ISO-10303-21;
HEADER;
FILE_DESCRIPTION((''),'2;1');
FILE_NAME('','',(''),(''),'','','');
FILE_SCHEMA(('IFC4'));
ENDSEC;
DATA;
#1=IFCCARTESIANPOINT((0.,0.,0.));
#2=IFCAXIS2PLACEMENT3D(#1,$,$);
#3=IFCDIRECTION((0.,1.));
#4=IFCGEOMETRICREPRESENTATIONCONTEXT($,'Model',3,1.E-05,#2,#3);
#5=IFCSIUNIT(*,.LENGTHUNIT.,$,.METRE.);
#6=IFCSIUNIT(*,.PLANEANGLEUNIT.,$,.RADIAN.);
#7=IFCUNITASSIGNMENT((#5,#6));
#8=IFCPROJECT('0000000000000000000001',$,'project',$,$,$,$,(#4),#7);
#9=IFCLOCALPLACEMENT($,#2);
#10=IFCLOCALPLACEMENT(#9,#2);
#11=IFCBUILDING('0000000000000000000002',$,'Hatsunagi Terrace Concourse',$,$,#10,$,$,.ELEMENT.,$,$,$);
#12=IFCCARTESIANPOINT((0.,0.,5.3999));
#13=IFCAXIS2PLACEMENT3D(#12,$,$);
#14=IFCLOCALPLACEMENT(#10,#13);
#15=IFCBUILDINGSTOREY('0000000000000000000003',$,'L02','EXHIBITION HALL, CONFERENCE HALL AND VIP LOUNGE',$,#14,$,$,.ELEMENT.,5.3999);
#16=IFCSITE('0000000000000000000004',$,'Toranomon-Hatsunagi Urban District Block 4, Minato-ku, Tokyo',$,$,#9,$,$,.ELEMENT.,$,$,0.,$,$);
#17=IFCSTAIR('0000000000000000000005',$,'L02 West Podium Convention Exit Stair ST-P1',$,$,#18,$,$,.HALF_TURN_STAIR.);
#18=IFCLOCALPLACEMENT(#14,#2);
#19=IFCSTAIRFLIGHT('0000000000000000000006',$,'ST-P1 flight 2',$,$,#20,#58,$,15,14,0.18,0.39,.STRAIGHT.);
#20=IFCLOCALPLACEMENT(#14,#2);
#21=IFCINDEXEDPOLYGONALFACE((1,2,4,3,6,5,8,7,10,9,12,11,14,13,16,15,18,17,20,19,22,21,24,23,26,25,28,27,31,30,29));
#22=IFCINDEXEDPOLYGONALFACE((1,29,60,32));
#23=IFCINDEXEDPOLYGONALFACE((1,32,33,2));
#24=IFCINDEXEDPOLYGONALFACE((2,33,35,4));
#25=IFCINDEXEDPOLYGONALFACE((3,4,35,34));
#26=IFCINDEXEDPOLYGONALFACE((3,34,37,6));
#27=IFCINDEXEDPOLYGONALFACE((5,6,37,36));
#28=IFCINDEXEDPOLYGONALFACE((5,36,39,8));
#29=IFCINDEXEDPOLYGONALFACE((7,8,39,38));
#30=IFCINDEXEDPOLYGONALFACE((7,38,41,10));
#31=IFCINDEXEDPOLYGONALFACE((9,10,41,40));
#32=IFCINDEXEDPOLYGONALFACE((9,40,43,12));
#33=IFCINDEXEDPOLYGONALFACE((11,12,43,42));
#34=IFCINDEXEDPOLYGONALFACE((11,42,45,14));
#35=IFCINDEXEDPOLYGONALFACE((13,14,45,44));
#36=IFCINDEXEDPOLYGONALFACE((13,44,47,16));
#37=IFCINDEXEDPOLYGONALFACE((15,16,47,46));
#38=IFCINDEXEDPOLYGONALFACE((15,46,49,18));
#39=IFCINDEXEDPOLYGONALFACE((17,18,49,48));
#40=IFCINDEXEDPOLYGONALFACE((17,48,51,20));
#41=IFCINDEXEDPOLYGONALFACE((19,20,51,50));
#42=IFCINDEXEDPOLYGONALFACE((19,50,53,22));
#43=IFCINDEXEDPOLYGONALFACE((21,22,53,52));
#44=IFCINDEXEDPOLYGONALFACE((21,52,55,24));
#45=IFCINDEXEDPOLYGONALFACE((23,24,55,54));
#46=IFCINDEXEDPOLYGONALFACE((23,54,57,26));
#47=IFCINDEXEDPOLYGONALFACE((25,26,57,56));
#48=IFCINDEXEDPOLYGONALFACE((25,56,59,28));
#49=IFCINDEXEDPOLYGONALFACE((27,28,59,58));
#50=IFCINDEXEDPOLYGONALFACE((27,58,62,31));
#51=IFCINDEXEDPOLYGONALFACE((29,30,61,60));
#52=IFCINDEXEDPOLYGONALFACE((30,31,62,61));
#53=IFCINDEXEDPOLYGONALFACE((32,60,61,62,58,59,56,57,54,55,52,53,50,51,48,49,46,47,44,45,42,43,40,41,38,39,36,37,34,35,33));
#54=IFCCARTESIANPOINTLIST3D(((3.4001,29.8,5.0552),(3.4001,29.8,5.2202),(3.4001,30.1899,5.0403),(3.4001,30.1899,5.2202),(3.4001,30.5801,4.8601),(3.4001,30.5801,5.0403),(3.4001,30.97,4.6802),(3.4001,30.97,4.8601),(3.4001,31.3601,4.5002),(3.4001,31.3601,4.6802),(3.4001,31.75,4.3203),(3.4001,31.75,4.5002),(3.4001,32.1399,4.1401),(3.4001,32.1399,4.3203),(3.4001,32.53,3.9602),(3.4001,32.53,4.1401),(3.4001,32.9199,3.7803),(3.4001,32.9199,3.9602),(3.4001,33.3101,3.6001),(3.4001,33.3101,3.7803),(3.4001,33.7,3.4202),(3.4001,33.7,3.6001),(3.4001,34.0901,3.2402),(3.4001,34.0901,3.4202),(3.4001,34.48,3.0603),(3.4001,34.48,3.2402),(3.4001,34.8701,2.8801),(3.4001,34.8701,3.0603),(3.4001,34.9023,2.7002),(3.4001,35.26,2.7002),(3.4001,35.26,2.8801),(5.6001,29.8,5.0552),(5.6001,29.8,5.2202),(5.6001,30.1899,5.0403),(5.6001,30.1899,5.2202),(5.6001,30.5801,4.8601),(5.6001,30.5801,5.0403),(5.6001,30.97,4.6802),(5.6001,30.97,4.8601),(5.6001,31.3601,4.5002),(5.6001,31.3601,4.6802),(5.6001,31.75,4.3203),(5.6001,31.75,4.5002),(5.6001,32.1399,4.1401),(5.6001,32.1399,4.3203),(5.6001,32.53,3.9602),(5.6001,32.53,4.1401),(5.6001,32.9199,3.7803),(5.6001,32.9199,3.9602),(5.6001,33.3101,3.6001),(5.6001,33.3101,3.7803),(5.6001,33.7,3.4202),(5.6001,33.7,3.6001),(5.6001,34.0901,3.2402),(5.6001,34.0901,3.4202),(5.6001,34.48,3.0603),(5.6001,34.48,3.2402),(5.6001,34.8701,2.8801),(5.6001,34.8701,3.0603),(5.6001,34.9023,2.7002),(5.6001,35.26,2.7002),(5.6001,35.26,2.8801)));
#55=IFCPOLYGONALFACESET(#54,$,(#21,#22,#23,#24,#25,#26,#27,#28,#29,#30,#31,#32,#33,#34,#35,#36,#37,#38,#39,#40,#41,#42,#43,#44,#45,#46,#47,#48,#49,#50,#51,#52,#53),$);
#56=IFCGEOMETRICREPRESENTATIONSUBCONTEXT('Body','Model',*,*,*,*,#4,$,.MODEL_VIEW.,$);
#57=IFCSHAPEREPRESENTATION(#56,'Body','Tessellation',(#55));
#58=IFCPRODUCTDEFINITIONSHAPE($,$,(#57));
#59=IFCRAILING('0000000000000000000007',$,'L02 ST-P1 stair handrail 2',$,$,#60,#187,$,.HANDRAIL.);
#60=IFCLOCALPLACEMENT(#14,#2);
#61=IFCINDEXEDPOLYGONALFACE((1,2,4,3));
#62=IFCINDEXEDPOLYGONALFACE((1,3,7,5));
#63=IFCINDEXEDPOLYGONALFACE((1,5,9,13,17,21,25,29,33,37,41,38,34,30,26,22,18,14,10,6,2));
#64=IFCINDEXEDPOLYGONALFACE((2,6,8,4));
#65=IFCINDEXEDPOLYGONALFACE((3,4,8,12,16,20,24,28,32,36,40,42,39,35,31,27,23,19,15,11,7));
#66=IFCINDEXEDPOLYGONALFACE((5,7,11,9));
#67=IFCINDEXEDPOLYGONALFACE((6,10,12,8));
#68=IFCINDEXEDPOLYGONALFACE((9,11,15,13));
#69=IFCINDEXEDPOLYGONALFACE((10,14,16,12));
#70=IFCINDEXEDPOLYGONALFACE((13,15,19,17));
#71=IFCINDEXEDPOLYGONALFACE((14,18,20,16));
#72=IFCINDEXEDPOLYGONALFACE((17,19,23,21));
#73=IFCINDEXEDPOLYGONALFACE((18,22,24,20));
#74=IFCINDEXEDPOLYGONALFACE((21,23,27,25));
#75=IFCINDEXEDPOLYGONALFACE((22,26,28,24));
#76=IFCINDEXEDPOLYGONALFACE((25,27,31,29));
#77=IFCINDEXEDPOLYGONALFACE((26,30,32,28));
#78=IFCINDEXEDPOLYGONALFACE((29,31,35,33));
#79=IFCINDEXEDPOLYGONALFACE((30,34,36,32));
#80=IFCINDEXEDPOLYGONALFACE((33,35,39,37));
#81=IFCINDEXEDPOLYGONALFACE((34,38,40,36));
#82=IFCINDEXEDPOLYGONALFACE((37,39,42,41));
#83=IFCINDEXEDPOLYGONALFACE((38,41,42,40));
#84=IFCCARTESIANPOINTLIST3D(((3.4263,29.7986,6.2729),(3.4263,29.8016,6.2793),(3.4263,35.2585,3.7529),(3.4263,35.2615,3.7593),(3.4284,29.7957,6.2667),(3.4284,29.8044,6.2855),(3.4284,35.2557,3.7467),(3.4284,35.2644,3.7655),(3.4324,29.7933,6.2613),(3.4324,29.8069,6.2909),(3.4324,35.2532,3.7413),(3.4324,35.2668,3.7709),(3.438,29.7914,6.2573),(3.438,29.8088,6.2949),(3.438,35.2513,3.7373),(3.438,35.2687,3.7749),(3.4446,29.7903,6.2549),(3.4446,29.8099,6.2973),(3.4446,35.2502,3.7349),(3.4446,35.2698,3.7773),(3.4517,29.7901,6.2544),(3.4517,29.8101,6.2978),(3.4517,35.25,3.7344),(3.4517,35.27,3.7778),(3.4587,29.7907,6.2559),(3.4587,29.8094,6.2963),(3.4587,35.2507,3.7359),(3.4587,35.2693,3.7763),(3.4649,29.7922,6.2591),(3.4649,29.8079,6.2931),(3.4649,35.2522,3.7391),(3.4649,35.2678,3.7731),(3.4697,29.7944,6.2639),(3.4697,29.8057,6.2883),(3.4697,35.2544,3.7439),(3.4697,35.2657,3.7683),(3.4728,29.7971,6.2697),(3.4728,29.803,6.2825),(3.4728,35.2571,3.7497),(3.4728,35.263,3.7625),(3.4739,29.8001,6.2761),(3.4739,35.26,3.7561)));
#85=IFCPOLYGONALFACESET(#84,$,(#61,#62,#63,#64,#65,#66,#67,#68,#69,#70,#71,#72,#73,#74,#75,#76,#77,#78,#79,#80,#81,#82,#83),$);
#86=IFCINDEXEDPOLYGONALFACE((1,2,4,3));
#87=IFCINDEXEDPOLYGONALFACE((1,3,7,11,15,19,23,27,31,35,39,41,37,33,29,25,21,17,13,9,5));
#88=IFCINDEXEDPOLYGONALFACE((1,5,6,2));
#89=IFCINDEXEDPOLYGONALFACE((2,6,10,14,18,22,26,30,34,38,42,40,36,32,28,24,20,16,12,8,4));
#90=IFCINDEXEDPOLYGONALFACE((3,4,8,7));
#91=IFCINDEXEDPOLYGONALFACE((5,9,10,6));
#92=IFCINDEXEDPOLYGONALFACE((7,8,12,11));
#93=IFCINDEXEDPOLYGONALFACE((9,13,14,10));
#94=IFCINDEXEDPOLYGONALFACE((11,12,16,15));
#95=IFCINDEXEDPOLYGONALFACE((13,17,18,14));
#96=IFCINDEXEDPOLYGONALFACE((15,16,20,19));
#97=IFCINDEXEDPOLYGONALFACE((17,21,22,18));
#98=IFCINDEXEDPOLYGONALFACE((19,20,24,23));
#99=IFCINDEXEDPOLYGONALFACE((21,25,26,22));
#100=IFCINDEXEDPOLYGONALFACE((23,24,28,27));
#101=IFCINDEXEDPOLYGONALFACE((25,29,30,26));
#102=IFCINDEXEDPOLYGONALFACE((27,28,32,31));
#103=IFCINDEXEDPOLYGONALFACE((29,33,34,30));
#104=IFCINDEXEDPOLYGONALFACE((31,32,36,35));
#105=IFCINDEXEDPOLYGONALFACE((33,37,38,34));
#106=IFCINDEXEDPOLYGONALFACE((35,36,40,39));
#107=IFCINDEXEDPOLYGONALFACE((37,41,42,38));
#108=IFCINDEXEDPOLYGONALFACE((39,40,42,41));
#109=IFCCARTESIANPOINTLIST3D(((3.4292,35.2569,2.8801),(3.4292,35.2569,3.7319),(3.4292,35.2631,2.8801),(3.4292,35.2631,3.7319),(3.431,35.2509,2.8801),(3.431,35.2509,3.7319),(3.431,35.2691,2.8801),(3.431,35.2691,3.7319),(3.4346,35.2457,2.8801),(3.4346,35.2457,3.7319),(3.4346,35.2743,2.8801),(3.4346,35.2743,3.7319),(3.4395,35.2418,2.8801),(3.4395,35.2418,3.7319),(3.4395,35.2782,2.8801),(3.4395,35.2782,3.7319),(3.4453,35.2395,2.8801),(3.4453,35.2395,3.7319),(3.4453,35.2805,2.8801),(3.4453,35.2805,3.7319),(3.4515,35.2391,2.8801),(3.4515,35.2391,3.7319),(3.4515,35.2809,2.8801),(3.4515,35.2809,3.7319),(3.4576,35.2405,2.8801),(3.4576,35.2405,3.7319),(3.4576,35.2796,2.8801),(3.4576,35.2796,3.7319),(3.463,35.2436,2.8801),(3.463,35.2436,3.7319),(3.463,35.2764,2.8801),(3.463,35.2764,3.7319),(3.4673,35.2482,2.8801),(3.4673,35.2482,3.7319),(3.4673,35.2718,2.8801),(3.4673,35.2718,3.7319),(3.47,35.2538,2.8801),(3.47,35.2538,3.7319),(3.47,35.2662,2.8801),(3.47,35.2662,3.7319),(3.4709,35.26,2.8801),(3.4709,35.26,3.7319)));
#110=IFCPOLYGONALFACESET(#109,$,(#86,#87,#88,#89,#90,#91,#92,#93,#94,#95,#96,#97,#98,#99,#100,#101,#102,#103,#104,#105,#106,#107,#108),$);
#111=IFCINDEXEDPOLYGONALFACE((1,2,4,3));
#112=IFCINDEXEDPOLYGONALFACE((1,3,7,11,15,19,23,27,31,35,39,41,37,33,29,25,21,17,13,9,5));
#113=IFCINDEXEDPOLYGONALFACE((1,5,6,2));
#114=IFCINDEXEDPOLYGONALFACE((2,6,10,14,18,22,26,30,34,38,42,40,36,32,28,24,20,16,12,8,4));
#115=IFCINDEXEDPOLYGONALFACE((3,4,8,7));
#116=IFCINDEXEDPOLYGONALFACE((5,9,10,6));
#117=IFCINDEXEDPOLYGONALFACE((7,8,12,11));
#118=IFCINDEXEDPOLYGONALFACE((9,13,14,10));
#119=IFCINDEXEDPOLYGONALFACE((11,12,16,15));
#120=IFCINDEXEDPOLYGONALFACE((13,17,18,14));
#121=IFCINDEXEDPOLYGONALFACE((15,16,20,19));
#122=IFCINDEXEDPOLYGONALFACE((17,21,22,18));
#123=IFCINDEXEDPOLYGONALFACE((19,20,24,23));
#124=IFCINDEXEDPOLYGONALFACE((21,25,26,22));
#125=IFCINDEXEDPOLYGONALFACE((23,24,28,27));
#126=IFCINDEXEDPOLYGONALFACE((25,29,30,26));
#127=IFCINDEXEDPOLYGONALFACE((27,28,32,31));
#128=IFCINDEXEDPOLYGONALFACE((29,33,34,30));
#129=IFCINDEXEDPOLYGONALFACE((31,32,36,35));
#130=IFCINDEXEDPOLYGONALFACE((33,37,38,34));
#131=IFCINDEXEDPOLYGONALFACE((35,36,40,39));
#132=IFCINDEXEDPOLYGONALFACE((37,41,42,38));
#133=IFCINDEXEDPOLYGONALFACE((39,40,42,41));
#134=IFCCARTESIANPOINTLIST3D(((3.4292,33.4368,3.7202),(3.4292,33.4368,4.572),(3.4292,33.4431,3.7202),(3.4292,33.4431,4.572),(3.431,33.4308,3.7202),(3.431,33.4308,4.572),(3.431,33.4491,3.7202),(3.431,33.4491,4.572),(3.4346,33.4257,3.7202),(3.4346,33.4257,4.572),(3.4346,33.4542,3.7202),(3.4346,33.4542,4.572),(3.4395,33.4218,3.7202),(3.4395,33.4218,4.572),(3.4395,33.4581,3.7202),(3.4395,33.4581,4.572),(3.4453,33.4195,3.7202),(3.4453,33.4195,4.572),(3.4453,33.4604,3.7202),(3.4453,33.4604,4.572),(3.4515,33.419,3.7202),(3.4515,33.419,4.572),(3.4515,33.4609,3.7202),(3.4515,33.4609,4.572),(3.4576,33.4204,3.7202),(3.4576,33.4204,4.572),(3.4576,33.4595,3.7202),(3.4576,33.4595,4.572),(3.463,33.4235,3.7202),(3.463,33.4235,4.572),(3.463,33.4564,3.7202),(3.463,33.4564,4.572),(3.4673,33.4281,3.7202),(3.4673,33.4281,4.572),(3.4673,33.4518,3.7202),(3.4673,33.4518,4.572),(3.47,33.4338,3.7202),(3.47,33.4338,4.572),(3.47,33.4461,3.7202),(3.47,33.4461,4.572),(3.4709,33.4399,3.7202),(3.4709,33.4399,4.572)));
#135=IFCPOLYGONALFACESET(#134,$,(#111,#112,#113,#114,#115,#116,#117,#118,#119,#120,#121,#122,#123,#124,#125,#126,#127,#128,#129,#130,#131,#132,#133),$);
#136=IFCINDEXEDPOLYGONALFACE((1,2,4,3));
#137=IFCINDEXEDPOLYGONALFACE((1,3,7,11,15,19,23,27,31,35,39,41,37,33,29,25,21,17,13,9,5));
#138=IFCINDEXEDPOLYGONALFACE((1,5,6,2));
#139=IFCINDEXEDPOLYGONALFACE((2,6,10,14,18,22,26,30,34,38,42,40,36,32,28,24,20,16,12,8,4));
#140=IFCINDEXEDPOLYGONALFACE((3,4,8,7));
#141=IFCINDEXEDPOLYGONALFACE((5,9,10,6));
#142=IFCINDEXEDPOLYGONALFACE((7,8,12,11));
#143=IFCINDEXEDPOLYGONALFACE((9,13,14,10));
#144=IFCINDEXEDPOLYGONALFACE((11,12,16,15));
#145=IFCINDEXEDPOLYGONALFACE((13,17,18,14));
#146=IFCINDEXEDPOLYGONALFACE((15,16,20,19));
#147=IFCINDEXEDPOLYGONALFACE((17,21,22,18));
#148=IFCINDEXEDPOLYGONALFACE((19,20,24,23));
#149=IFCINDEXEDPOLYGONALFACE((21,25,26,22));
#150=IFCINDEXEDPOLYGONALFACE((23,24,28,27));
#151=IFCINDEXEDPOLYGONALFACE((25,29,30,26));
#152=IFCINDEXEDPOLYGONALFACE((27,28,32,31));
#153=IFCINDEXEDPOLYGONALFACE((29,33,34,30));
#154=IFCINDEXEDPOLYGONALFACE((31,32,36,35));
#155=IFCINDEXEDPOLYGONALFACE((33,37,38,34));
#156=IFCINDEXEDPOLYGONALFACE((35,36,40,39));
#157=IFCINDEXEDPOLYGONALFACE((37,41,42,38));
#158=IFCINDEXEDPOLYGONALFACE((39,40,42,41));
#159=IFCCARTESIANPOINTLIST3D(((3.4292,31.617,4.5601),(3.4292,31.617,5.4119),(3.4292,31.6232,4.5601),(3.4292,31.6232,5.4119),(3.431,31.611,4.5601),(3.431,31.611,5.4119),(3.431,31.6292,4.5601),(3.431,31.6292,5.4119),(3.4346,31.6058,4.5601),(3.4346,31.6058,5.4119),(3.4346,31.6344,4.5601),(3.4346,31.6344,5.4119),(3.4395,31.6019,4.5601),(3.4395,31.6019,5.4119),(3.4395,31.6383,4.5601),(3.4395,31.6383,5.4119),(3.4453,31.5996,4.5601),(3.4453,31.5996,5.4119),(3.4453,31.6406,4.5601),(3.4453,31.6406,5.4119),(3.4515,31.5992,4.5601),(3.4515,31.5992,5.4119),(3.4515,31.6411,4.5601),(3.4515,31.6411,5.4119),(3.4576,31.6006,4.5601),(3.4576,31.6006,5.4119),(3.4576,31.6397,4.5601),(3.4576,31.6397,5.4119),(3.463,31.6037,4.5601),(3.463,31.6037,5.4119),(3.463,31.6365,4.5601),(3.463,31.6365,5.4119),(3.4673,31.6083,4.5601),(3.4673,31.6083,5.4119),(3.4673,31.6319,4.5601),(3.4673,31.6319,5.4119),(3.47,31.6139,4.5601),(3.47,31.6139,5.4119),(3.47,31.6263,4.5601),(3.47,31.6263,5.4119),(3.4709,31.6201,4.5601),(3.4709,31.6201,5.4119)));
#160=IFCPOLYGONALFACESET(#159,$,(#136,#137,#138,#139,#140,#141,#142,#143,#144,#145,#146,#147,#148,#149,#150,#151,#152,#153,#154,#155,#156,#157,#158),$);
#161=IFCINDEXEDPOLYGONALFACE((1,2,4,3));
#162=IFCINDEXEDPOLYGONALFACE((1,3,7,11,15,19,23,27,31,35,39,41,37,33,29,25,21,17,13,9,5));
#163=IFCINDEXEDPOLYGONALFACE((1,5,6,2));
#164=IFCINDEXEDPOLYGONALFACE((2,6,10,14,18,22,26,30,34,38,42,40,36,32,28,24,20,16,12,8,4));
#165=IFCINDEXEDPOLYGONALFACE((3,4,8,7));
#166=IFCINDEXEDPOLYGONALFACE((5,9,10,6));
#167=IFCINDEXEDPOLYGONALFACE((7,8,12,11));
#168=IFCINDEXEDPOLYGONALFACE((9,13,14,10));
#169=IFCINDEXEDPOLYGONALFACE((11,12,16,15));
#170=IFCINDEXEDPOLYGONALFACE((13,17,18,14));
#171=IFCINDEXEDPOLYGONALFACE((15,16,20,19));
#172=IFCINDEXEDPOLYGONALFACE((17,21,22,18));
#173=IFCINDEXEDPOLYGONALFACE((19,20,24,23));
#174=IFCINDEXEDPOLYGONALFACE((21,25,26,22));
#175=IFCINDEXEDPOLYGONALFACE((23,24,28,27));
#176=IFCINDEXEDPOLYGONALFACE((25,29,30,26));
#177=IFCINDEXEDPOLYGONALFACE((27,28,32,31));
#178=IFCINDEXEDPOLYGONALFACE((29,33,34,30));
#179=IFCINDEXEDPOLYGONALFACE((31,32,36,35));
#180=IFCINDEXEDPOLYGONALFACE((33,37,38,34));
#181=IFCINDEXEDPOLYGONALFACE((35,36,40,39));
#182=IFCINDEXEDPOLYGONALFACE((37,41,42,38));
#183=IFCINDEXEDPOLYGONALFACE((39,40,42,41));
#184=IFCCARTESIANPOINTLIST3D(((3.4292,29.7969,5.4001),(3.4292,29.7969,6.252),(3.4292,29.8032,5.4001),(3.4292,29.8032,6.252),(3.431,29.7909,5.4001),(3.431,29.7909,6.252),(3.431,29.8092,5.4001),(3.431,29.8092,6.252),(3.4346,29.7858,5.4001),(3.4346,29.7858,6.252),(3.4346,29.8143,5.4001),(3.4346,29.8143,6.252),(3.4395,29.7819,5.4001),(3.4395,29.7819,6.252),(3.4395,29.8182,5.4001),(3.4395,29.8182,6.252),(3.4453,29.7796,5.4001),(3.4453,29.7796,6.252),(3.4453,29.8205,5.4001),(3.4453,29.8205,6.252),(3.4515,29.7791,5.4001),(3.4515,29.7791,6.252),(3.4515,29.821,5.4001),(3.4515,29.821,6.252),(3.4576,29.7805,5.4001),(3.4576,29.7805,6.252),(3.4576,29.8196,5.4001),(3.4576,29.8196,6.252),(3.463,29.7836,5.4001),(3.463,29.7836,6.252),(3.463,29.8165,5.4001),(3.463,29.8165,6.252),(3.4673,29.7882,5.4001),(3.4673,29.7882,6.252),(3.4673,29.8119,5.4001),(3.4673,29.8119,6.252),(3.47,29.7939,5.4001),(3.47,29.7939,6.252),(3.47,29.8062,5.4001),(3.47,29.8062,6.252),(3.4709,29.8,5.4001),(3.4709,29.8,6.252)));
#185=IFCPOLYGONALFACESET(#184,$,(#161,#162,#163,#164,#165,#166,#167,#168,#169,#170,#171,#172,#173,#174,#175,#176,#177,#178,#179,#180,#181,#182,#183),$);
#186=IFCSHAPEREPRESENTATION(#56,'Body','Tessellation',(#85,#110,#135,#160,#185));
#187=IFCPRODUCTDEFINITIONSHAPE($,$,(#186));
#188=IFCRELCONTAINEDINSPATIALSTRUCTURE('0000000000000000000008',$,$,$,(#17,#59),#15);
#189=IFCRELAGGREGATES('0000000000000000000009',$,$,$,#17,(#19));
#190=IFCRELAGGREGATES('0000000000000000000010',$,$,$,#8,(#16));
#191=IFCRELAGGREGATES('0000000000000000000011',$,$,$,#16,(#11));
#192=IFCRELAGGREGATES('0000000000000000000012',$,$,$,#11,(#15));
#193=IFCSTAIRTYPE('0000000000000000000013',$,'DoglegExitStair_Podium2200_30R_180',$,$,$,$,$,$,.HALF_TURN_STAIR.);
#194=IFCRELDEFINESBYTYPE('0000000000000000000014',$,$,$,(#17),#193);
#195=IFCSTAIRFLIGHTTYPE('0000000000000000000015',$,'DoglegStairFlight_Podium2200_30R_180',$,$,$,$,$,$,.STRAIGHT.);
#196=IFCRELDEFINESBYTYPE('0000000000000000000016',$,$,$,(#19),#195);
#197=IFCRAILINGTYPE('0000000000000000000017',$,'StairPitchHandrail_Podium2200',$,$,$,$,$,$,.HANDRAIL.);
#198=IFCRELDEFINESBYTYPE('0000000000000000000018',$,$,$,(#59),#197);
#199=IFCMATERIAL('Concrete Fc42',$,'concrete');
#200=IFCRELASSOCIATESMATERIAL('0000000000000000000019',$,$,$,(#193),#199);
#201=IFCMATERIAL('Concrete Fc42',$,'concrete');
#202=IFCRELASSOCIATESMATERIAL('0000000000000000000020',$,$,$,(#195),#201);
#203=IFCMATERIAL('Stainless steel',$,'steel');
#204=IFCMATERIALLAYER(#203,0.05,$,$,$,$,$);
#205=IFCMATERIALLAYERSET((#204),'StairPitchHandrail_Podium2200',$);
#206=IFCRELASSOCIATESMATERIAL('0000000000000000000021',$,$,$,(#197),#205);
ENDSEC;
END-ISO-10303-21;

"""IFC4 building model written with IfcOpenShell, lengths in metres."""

from ifc_helpers import new_model, si_unit, direction, frame, origin, origin_2d, place, context, subcontext, project, spatial, polyline, circle, outline, extrude, material, layer, layer_set, type_object, element, aggregate, save


model = new_model("IFC4")

# Units and contexts
model_context = context("Model", 3, precision=1e-05, world=origin(), true_north=direction((0.0, 1.0)))
body_context = subcontext(model_context, "Body", "Model", "MODEL_VIEW")
ifc_project = project(units=[si_unit("LENGTHUNIT", "METRE"), si_unit("PLANEANGLEUNIT", "RADIAN")], contexts=[model_context])

# Site, building, storey
site_placement = place(None, origin())
site = spatial("IfcSite", under=ifc_project, at=site_placement, Name="Toranomon-Hatsunagi Urban District Block 4, Minato-ku, Tokyo", CompositionType="ELEMENT", RefElevation=0.0)
building_placement = place(site_placement, origin())
building = spatial("IfcBuilding", under=site, at=building_placement, Name="Hatsunagi Terrace Concourse", CompositionType="ELEMENT")
storey_placement = place(building_placement, frame((0.0, 0.0, 5.3999)))
storey = spatial("IfcBuildingStorey", under=building, at=storey_placement, Name="L02", Description="EXHIBITION HALL, CONFERENCE HALL AND VIP LOUNGE", CompositionType="ELEMENT", Elevation=5.3999)

# Stair, stair flight
ifc_material_1 = material(Name="Concrete Fc42", Category="concrete")
stair_type = type_object("IfcStairType", Name="DoglegExitStair_Podium2200_30R_180", PredefinedType="HALF_TURN_STAIR", material=ifc_material_1)
stair_placement = place(storey_placement, origin())
stair = element("IfcStair", 1, at=stair_placement, inside=storey, type_object=stair_type, Name="L02 West Podium Convention Exit Stair ST-P1", PredefinedType="HALF_TURN_STAIR")
ifc_material_2 = material(Name="Concrete Fc42", Category="concrete")
stair_flight_type = type_object("IfcStairFlightType", Name="DoglegStairFlight_Podium2200_30R_180", PredefinedType="STRAIGHT", material=ifc_material_2)
stair_flight_placement = place(storey_placement, frame((4.5, 35.26, 2.7002), z_axis=(0.0, 0.0, 1.0), x_axis=(0.0, -1.0, 0.0)))
stair_flight = element("IfcStairFlight", 2, at=stair_flight_placement, type_object=stair_flight_type, Name="ST-P1 flight 2", NumberOfRisers=15, NumberOfTreads=14, PredefinedType="STRAIGHT", RiserHeight=0.18, TreadLength=0.39, context=body_context, shape_type="SweptSolid", body=[
    extrude(outline(polyline([(0.0, 0.0), (0.0, 0.1799), (0.3899, 0.1799), (0.3899, 0.3601), (0.78, 0.3601), (0.78, 0.54), (1.1699, 0.54), (1.1699, 0.72), (1.5601, 0.72), (1.5601, 0.8999), (1.95, 0.8999), (1.95, 1.0801), (2.3401, 1.0801), (2.3401, 1.26), (2.73, 1.26), (2.73, 1.4399), (3.1201, 1.4399), (3.1201, 1.6201), (3.51, 1.6201), (3.51, 1.8), (3.8999, 1.8), (3.8999, 1.98), (4.29, 1.98), (4.29, 2.1599), (4.6799, 2.1599), (4.6799, 2.3401), (5.0701, 2.3401), (5.0701, 2.52), (5.46, 2.52), (5.46, 2.7), (5.46, 2.355), (0.3577, 0.0), (0.0, 0.0)])), frame((0.0, 1.1001, 0.0), z_axis=(0.0, -1.0, 0.0), x_axis=(1.0, 0.0, 0.0)), (0.0, 0.0, 1.0), 2.2),
])
aggregate(stair, [stair_flight])

# Railing
ifc_material_3 = material(Name="Stainless steel", Category="steel")
ifc_layer_1 = layer(ifc_material_3, 0.05)
ifc_layer_set_1 = layer_set([ifc_layer_1], Name="StairPitchHandrail_Podium2200")
railing_type_1 = type_object("IfcRailingType", Name="StairPitchHandrail_Podium2200", PredefinedType="HANDRAIL", material=ifc_layer_set_1)
railing_1_placement = place(storey_placement, frame((3.45, 35.26, 2.8801)))
element("IfcRailing", 3, at=railing_1_placement, inside=storey, type_object=railing_type_1, Name="L02 ST-P1 stair handrail 2", PredefinedType="HANDRAIL", context=body_context, shape_type="SweptSolid", body=[
    extrude(circle(Radius=0.0239, at=origin_2d()), frame((0.0, 0.0, 0.876), z_axis=(0.0, -0.907957, 0.419063), x_axis=(1.0, 0.0, 0.0)), (0.0, 0.0, 1.0), 6.0134),
    extrude(circle(Radius=0.021, at=origin_2d()), origin(), (0.0, 0.0, 1.0), 0.8518),
    extrude(circle(Radius=0.021, at=origin_2d()), frame((0.0, -1.8201, 0.8401)), (0.0, 0.0, 1.0), 0.8518),
    extrude(circle(Radius=0.021, at=origin_2d()), frame((0.0, -3.6399, 1.6799)), (0.0, 0.0, 1.0), 0.8518),
    extrude(circle(Radius=0.021, at=origin_2d()), frame((0.0, -5.46, 2.52)), (0.0, 0.0, 1.0), 0.8518),
])

save(model, "model.ifc")
